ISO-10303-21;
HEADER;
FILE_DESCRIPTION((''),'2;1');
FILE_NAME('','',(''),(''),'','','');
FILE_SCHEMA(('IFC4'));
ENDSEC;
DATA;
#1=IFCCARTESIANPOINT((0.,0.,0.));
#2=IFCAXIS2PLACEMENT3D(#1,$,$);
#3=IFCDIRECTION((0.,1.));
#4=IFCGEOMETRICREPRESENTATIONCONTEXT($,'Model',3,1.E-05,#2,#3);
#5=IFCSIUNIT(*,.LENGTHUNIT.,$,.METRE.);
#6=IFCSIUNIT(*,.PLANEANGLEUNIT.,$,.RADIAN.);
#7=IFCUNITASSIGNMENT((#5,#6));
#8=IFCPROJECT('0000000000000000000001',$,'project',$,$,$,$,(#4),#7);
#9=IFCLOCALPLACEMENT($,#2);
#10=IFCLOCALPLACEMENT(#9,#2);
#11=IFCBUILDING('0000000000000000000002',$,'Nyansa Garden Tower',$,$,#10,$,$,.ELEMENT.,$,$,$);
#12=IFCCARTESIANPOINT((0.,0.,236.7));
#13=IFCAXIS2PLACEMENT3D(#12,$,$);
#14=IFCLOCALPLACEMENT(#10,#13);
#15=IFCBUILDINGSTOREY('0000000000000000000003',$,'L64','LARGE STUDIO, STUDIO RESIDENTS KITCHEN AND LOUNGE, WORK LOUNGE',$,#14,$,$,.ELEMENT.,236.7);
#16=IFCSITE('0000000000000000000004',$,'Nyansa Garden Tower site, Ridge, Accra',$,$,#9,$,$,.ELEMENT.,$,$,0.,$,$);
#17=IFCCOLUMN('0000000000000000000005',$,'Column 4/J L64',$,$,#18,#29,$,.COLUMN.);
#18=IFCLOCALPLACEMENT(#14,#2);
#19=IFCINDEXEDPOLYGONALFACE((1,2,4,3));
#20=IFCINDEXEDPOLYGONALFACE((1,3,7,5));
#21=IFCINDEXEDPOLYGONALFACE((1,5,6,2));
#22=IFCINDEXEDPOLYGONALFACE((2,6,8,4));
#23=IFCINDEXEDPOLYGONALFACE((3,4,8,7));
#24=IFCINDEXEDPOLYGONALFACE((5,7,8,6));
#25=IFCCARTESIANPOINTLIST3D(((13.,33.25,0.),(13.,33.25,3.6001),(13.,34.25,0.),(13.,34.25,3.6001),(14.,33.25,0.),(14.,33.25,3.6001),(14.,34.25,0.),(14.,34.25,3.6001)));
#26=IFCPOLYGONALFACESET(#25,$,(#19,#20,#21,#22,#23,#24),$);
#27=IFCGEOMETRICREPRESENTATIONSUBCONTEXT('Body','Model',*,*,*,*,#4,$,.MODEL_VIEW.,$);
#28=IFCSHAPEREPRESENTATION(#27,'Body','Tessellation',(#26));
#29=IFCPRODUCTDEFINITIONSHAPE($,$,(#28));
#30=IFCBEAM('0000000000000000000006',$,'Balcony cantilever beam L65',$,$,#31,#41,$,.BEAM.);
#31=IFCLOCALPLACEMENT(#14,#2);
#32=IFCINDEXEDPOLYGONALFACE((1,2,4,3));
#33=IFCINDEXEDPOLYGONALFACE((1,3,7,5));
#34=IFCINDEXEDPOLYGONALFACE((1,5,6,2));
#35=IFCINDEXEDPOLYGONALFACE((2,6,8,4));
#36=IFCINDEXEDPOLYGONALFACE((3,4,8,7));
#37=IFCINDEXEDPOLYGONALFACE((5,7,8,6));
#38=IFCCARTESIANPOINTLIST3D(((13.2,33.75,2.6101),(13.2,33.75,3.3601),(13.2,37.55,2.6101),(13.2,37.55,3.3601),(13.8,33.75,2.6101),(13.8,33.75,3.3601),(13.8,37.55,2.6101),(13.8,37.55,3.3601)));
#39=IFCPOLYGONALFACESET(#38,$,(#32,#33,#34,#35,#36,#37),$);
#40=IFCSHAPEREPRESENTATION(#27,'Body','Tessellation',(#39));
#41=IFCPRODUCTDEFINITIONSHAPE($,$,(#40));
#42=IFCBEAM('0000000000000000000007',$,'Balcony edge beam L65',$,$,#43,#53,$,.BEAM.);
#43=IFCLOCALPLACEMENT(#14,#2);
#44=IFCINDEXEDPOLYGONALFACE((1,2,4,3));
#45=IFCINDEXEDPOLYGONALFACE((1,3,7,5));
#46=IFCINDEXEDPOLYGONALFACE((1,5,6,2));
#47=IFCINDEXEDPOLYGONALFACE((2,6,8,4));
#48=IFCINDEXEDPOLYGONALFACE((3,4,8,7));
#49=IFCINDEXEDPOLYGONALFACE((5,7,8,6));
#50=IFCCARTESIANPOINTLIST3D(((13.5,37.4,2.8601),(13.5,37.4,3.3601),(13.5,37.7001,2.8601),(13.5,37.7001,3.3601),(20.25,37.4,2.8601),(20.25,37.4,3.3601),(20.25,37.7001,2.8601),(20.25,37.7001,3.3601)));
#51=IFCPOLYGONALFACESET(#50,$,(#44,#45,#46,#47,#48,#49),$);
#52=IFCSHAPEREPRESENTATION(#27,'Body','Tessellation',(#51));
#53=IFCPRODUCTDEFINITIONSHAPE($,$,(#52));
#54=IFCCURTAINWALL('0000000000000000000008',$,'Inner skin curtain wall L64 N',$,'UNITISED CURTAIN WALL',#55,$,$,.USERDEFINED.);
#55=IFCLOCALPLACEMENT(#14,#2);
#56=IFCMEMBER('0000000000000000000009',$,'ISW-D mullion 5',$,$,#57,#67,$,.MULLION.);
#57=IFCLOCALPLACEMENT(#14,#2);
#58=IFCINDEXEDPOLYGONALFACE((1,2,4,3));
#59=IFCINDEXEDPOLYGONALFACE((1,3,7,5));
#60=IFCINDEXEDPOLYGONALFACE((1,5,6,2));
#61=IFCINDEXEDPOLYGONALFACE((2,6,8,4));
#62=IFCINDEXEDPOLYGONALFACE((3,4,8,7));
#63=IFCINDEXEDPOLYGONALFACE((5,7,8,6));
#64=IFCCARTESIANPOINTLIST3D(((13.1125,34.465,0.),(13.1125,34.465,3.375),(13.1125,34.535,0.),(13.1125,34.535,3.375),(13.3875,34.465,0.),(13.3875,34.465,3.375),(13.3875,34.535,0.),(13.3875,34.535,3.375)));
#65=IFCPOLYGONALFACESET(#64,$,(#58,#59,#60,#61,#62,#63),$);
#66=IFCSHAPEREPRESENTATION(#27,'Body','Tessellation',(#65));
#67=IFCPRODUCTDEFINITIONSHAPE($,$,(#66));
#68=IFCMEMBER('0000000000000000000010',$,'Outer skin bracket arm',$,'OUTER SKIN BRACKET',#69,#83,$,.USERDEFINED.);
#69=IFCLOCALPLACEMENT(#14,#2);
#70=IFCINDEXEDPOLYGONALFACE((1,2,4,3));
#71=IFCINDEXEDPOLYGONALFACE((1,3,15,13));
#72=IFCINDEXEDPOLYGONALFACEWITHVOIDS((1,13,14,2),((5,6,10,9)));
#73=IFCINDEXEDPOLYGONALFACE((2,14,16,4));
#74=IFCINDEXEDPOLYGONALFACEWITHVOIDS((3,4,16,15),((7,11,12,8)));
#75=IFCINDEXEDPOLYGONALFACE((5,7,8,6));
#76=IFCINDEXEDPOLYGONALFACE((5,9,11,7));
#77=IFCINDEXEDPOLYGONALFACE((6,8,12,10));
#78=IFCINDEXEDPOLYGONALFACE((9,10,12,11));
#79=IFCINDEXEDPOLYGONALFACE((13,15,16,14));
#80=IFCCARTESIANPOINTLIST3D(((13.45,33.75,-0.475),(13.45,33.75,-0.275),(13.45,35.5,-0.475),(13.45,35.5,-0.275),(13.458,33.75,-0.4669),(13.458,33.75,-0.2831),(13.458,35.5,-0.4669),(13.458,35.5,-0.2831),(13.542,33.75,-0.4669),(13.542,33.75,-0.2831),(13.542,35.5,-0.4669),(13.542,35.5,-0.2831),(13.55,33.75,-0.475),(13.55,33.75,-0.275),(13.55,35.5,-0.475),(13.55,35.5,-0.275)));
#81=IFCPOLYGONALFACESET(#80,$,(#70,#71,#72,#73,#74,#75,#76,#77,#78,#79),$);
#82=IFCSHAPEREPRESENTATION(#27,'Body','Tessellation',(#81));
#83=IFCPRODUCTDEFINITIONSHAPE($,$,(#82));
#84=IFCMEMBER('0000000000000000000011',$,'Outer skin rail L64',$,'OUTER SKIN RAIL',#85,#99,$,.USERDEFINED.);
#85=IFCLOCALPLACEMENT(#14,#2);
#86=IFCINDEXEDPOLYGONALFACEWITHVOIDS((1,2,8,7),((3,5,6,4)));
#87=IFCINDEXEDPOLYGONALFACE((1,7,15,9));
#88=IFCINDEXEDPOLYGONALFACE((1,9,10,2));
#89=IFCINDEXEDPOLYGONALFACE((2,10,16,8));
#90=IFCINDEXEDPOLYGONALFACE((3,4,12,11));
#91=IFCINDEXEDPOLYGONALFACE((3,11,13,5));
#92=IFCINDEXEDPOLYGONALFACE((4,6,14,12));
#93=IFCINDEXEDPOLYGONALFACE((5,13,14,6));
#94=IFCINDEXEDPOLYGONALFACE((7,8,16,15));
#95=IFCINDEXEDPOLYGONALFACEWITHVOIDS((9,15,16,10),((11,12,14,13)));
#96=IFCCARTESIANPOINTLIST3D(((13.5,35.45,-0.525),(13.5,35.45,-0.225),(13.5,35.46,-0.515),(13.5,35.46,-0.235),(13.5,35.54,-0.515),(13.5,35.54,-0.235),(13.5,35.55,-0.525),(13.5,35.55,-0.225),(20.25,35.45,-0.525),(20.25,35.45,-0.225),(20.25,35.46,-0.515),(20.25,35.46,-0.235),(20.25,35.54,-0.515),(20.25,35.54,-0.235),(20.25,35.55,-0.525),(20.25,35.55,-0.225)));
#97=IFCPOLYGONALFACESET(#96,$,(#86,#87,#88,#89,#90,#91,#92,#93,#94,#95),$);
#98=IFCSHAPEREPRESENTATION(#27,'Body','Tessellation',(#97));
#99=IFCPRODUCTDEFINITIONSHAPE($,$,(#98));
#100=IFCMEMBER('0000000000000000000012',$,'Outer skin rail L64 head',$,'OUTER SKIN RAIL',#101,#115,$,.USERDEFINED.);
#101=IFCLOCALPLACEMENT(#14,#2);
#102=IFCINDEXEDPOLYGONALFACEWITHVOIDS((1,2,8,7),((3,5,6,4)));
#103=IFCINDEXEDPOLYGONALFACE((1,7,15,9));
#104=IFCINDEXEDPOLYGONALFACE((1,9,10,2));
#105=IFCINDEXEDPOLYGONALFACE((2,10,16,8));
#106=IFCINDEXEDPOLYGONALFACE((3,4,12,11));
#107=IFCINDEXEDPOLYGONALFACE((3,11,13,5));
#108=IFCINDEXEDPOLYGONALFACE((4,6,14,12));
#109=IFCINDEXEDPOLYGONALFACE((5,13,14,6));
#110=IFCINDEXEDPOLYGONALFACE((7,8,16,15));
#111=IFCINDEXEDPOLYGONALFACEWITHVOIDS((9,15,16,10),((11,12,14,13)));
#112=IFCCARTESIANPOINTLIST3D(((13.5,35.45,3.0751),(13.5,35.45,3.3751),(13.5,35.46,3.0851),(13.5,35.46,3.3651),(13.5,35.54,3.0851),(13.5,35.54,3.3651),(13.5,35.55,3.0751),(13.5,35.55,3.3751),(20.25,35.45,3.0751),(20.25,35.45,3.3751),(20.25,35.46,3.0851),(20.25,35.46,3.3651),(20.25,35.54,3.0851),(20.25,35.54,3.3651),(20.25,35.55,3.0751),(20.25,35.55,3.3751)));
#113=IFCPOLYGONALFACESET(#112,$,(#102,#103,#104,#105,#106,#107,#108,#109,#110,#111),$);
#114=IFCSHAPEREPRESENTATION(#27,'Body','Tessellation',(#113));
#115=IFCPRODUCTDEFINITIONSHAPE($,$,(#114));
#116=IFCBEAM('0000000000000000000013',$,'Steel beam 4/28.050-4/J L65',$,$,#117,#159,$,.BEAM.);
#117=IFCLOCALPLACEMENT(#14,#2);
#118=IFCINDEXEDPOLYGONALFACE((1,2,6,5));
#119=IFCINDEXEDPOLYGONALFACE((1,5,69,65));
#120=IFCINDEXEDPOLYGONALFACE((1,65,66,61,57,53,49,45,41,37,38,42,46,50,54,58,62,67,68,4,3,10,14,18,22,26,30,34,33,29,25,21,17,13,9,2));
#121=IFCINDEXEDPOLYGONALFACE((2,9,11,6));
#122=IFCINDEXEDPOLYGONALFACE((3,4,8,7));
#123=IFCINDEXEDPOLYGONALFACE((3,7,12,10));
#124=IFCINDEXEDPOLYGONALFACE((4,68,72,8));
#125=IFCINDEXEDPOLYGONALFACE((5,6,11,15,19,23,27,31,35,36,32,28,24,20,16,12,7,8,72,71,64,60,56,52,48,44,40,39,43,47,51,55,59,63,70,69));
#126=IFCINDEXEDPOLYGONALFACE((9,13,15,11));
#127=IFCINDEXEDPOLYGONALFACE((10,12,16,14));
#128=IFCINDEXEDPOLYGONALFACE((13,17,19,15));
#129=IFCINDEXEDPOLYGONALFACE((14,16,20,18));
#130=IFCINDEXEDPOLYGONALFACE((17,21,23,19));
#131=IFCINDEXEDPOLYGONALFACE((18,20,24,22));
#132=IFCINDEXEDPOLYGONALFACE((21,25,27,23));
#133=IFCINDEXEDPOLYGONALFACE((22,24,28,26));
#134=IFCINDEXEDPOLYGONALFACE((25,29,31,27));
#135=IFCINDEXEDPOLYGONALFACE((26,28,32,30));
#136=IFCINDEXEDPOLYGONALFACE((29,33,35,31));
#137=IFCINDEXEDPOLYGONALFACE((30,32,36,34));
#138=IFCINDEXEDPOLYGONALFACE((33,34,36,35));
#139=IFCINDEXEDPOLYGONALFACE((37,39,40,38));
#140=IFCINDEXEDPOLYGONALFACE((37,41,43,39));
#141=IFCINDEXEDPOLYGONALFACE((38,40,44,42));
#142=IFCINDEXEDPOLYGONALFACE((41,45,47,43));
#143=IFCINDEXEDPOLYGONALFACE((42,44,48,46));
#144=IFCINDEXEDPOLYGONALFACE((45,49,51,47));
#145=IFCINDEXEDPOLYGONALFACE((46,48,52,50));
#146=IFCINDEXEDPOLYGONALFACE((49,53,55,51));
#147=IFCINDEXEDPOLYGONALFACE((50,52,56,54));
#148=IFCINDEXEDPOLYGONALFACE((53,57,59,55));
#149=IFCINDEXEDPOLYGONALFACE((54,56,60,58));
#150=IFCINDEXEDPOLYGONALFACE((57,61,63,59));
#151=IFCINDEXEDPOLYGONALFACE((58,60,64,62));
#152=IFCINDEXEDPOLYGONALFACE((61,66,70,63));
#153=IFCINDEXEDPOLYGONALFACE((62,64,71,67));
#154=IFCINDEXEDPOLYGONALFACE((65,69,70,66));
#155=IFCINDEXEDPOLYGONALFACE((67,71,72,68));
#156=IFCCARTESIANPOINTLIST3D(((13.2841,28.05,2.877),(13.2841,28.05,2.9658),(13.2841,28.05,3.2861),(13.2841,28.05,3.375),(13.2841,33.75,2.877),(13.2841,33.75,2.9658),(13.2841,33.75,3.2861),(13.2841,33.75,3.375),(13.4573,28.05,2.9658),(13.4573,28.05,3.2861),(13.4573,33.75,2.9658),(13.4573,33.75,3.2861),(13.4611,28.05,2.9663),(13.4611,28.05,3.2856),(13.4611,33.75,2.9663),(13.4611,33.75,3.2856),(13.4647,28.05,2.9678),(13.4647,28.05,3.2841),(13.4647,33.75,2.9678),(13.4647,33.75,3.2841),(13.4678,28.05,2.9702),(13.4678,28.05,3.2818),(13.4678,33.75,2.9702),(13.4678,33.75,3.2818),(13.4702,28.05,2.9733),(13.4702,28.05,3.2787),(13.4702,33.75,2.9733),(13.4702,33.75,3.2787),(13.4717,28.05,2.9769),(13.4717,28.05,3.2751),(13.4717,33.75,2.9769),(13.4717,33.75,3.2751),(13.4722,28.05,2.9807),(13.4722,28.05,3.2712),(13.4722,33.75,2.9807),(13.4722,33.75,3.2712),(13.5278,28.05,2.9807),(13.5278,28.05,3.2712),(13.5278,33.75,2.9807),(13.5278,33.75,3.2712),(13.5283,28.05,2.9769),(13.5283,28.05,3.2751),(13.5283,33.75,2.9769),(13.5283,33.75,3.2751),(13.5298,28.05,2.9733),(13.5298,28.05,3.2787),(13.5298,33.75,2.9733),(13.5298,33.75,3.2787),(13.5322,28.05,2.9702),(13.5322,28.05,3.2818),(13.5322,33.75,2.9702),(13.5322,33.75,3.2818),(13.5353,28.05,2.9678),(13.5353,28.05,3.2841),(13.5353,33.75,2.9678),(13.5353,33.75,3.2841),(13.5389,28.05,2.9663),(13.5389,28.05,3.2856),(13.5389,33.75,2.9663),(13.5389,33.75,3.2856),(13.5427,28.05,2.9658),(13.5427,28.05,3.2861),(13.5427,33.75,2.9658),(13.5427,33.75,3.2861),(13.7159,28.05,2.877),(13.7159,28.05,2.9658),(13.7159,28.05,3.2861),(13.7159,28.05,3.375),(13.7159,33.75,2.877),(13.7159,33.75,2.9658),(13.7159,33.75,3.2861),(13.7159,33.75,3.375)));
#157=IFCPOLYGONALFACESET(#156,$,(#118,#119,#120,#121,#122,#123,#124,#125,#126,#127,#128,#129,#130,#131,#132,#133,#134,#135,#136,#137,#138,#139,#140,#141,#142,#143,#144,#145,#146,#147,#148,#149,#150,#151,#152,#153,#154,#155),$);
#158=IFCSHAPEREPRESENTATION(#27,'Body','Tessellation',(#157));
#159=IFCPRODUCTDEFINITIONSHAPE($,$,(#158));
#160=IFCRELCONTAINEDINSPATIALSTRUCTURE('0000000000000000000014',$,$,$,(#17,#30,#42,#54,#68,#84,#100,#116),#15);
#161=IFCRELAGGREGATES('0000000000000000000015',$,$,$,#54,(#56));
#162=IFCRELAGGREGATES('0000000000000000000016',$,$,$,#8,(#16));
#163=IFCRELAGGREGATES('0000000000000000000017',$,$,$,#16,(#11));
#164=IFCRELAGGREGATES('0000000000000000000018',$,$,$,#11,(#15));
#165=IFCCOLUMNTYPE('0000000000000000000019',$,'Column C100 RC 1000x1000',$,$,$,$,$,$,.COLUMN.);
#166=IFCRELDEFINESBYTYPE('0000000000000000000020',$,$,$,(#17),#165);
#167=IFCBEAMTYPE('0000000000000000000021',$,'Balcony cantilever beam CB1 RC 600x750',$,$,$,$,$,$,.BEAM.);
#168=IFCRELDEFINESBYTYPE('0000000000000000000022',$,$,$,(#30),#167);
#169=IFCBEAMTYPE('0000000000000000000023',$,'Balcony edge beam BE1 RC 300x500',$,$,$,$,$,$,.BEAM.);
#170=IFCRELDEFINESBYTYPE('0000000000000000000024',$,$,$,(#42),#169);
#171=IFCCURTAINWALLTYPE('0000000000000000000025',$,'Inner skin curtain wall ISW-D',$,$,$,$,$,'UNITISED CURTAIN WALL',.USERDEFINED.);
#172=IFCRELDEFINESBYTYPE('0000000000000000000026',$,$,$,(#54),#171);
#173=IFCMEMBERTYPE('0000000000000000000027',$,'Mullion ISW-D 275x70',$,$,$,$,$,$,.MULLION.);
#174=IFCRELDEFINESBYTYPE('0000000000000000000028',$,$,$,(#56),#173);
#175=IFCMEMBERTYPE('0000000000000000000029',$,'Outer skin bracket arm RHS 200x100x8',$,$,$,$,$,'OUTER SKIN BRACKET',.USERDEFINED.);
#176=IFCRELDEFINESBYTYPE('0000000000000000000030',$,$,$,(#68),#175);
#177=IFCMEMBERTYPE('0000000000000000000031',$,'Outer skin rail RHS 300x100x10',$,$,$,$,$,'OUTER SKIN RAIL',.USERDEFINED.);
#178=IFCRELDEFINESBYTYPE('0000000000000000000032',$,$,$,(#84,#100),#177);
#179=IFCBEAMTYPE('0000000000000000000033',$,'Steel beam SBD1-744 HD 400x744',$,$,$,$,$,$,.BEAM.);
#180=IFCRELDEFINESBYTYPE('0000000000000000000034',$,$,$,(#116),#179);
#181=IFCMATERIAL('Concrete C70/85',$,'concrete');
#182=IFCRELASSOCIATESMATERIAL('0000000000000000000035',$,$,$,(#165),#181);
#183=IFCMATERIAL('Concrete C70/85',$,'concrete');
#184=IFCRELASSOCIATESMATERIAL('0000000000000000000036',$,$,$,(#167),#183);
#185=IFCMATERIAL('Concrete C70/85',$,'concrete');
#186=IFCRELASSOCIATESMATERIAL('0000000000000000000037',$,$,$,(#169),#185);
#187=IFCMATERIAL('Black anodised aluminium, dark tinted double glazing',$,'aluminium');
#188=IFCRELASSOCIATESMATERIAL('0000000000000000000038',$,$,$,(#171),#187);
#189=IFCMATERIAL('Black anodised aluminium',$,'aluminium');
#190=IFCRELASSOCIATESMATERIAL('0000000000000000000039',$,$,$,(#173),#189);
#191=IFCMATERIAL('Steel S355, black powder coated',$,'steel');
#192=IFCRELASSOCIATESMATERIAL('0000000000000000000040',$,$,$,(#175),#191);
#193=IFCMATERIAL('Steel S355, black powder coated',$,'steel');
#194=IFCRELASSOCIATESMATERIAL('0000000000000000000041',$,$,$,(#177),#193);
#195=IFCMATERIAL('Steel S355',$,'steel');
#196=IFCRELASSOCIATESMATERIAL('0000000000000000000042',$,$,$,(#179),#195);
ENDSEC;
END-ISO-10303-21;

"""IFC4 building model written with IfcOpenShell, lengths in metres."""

from ifc_helpers import new_model, si_unit, direction, frame, origin, origin_2d, place, context, subcontext, project, spatial, rectangle, hollow_rectangle, i_section, extrude, material, material_profile, profile_set, type_object, element, aggregate, save


model = new_model("IFC4")

# Units and contexts
model_context = context("Model", 3, precision=1e-05, world=origin(), true_north=direction((0.0, 1.0)))
body_context = subcontext(model_context, "Body", "Model", "MODEL_VIEW")
ifc_project = project(units=[si_unit("LENGTHUNIT", "METRE"), si_unit("PLANEANGLEUNIT", "RADIAN")], contexts=[model_context])

# Site, building, storey
site_placement = place(None, origin())
site = spatial("IfcSite", under=ifc_project, at=site_placement, Name="Nyansa Garden Tower site, Ridge, Accra", CompositionType="ELEMENT", RefElevation=0.0)
building_placement = place(site_placement, origin())
building = spatial("IfcBuilding", under=site, at=building_placement, Name="Nyansa Garden Tower", CompositionType="ELEMENT")
storey_placement = place(building_placement, frame((0.0, 0.0, 236.7)))
storey = spatial("IfcBuildingStorey", under=building, at=storey_placement, Name="L64", Description="LARGE STUDIO, STUDIO RESIDENTS KITCHEN AND LOUNGE, WORK LOUNGE", CompositionType="ELEMENT", Elevation=236.7)

# Column
ifc_material_1 = material(Name="Concrete C70/85", Category="concrete")
ifc_material_profile_1 = material_profile(ifc_material_1, rectangle(XDim=1.0, YDim=1.0, at=origin_2d()), Name="RC 1000x1000")
ifc_profile_set_1 = profile_set([ifc_material_profile_1], Name="Concrete C70/85")
column_type = type_object("IfcColumnType", Name="Column C100 RC 1000x1000", PredefinedType="COLUMN", material=ifc_profile_set_1)
column_placement = place(storey_placement, frame((13.5, 33.75, 0.0), z_axis=(0.0, 0.0, 1.0), x_axis=(1.0, 0.0, 0.0)))
element("IfcColumn", 1, at=column_placement, inside=storey, type_object=column_type, Name="Column 4/J L64", PredefinedType="COLUMN", context=body_context, shape_type="SweptSolid", body=[
    extrude(rectangle(XDim=1.0, YDim=1.0, at=origin_2d()), origin(), (0.0, 0.0, 1.0), 3.6001),
])

# Beams
ifc_material_2 = material(Name="Concrete C70/85", Category="concrete")
ifc_material_profile_2 = material_profile(ifc_material_2, rectangle(XDim=0.6001, YDim=0.75, at=origin_2d()), Name="RC 600x750")
ifc_profile_set_2 = profile_set([ifc_material_profile_2], Name="Concrete C70/85")
beam_type_1 = type_object("IfcBeamType", Name="Balcony cantilever beam CB1 RC 600x750", PredefinedType="BEAM", material=ifc_profile_set_2)
beam_1_placement = place(storey_placement, frame((13.5, 33.75, 2.9851), z_axis=(0.0, 1.0, 0.0), x_axis=(-1.0, 0.0, 0.0)))
element("IfcBeam", 2, at=beam_1_placement, inside=storey, type_object=beam_type_1, Name="Balcony cantilever beam L65", PredefinedType="BEAM", context=body_context, shape_type="SweptSolid", body=[
    extrude(rectangle(XDim=0.6001, YDim=0.75, at=origin_2d()), origin(), (0.0, 0.0, 1.0), 3.8),
])
ifc_material_3 = material(Name="Concrete C70/85", Category="concrete")
ifc_material_profile_3 = material_profile(ifc_material_3, rectangle(XDim=0.3, YDim=0.5, at=origin_2d()), Name="RC 300x500")
ifc_profile_set_3 = profile_set([ifc_material_profile_3], Name="Concrete C70/85")
beam_type_2 = type_object("IfcBeamType", Name="Balcony edge beam BE1 RC 300x500", PredefinedType="BEAM", material=ifc_profile_set_3)
beam_2_placement = place(storey_placement, frame((13.5, 37.55, 3.1101), z_axis=(1.0, 0.0, 0.0), x_axis=(0.0, 1.0, 0.0)))
element("IfcBeam", 3, at=beam_2_placement, inside=storey, type_object=beam_type_2, Name="Balcony edge beam L65", PredefinedType="BEAM", context=body_context, shape_type="SweptSolid", body=[
    extrude(rectangle(XDim=0.3, YDim=0.5, at=origin_2d()), origin(), (0.0, 0.0, 1.0), 6.75),
])

# Curtain wall, member
ifc_material_4 = material(Name="Black anodised aluminium, dark tinted double glazing", Category="aluminium")
curtain_wall_type = type_object("IfcCurtainWallType", Name="Inner skin curtain wall ISW-D", ElementType="UNITISED CURTAIN WALL", PredefinedType="USERDEFINED", material=ifc_material_4)
curtain_wall_placement = place(storey_placement, origin())
curtain_wall = element("IfcCurtainWall", 4, at=curtain_wall_placement, inside=storey, type_object=curtain_wall_type, Name="Inner skin curtain wall L64 N", ObjectType="UNITISED CURTAIN WALL", PredefinedType="USERDEFINED")
ifc_material_5 = material(Name="Black anodised aluminium", Category="aluminium")
ifc_material_profile_4 = material_profile(ifc_material_5, rectangle(XDim=0.0701, YDim=0.2749, at=origin_2d()), Name="Mullion 275x70")
ifc_profile_set_4 = profile_set([ifc_material_profile_4], Name="Black anodised aluminium")
member_type_1 = type_object("IfcMemberType", Name="Mullion ISW-D 275x70", PredefinedType="MULLION", material=ifc_profile_set_4)
member_1_placement = place(storey_placement, frame((13.25, 34.5, 0.0), z_axis=(0.0, 0.0, 1.0), x_axis=(0.0, -1.0, 0.0)))
member_1 = element("IfcMember", 5, at=member_1_placement, type_object=member_type_1, Name="ISW-D mullion 5", PredefinedType="MULLION", context=body_context, shape_type="SweptSolid", body=[
    extrude(rectangle(XDim=0.0701, YDim=0.2749, at=origin_2d()), origin(), (0.0, 0.0, 1.0), 3.375),
])

# Members
ifc_material_6 = material(Name="Steel S355, black powder coated", Category="steel")
ifc_material_profile_5 = material_profile(ifc_material_6, hollow_rectangle(XDim=0.1001, YDim=0.2, WallThickness=0.0081, at=origin_2d()), Name="RHS 200x100x8")
ifc_profile_set_5 = profile_set([ifc_material_profile_5], Name="Steel S355, black powder coated")
member_type_2 = type_object("IfcMemberType", Name="Outer skin bracket arm RHS 200x100x8", ElementType="OUTER SKIN BRACKET", PredefinedType="USERDEFINED", material=ifc_profile_set_5)
member_2_placement = place(storey_placement, frame((13.5, 33.75, -0.375), z_axis=(0.0, 1.0, 0.0), x_axis=(-1.0, 0.0, 0.0)))
element("IfcMember", 6, at=member_2_placement, inside=storey, type_object=member_type_2, Name="Outer skin bracket arm", ObjectType="OUTER SKIN BRACKET", PredefinedType="USERDEFINED", context=body_context, shape_type="SweptSolid", body=[
    extrude(hollow_rectangle(XDim=0.1001, YDim=0.2, WallThickness=0.0081, at=origin_2d()), origin(), (0.0, 0.0, 1.0), 1.75),
])
ifc_material_7 = material(Name="Steel S355, black powder coated", Category="steel")
ifc_material_profile_6 = material_profile(ifc_material_7, hollow_rectangle(XDim=0.1001, YDim=0.3, WallThickness=0.01, at=origin_2d()), Name="RHS 300x100x10")
ifc_profile_set_6 = profile_set([ifc_material_profile_6], Name="Steel S355, black powder coated")
member_type_3 = type_object("IfcMemberType", Name="Outer skin rail RHS 300x100x10", ElementType="OUTER SKIN RAIL", PredefinedType="USERDEFINED", material=ifc_profile_set_6)
for number, where, z_axis, x_axis, name in (
    (7, (13.5, 35.5, -0.375), (1.0, 0.0, 0.0), (0.0, 1.0, 0.0), "Outer skin rail L64"),
    (8, (13.5, 35.5, 3.2251), (1.0, 0.0, 0.0), (0.0, 1.0, 0.0), "Outer skin rail L64 head"),
):
    element("IfcMember", number, at=place(storey_placement, frame(where, z_axis=z_axis, x_axis=x_axis)), inside=storey, type_object=member_type_3, Name=name, ObjectType="OUTER SKIN RAIL", PredefinedType="USERDEFINED", context=body_context, shape_type="SweptSolid", body=[
        extrude(hollow_rectangle(XDim=0.1001, YDim=0.3, WallThickness=0.01, at=origin_2d()), origin(), (0.0, 0.0, 1.0), 6.75),
    ])

# Beam
ifc_material_8 = material(Name="Steel S355", Category="steel")
ifc_material_profile_7 = material_profile(ifc_material_8, i_section(OverallWidth=0.4319, OverallDepth=0.498, WebThickness=0.0557, FlangeThickness=0.0889, FilletRadius=0.0149, at=origin_2d()), Name="HD 400x744")
ifc_profile_set_7 = profile_set([ifc_material_profile_7], Name="Steel S355")
beam_type_3 = type_object("IfcBeamType", Name="Steel beam SBD1-744 HD 400x744", PredefinedType="BEAM", material=ifc_profile_set_7)
beam_3_placement = place(storey_placement, frame((13.5, 28.05, 3.126), z_axis=(0.0, 1.0, 0.0), x_axis=(-1.0, 0.0, 0.0)))
element("IfcBeam", 9, at=beam_3_placement, inside=storey, type_object=beam_type_3, Name="Steel beam 4/28.050-4/J L65", PredefinedType="BEAM", context=body_context, shape_type="SweptSolid", body=[
    extrude(i_section(OverallWidth=0.4319, OverallDepth=0.498, WebThickness=0.0557, FlangeThickness=0.0889, FilletRadius=0.0149, at=origin_2d()), origin(), (0.0, 0.0, 1.0), 5.7),
])

aggregate(curtain_wall, [member_1])

save(model, "model.ifc")
